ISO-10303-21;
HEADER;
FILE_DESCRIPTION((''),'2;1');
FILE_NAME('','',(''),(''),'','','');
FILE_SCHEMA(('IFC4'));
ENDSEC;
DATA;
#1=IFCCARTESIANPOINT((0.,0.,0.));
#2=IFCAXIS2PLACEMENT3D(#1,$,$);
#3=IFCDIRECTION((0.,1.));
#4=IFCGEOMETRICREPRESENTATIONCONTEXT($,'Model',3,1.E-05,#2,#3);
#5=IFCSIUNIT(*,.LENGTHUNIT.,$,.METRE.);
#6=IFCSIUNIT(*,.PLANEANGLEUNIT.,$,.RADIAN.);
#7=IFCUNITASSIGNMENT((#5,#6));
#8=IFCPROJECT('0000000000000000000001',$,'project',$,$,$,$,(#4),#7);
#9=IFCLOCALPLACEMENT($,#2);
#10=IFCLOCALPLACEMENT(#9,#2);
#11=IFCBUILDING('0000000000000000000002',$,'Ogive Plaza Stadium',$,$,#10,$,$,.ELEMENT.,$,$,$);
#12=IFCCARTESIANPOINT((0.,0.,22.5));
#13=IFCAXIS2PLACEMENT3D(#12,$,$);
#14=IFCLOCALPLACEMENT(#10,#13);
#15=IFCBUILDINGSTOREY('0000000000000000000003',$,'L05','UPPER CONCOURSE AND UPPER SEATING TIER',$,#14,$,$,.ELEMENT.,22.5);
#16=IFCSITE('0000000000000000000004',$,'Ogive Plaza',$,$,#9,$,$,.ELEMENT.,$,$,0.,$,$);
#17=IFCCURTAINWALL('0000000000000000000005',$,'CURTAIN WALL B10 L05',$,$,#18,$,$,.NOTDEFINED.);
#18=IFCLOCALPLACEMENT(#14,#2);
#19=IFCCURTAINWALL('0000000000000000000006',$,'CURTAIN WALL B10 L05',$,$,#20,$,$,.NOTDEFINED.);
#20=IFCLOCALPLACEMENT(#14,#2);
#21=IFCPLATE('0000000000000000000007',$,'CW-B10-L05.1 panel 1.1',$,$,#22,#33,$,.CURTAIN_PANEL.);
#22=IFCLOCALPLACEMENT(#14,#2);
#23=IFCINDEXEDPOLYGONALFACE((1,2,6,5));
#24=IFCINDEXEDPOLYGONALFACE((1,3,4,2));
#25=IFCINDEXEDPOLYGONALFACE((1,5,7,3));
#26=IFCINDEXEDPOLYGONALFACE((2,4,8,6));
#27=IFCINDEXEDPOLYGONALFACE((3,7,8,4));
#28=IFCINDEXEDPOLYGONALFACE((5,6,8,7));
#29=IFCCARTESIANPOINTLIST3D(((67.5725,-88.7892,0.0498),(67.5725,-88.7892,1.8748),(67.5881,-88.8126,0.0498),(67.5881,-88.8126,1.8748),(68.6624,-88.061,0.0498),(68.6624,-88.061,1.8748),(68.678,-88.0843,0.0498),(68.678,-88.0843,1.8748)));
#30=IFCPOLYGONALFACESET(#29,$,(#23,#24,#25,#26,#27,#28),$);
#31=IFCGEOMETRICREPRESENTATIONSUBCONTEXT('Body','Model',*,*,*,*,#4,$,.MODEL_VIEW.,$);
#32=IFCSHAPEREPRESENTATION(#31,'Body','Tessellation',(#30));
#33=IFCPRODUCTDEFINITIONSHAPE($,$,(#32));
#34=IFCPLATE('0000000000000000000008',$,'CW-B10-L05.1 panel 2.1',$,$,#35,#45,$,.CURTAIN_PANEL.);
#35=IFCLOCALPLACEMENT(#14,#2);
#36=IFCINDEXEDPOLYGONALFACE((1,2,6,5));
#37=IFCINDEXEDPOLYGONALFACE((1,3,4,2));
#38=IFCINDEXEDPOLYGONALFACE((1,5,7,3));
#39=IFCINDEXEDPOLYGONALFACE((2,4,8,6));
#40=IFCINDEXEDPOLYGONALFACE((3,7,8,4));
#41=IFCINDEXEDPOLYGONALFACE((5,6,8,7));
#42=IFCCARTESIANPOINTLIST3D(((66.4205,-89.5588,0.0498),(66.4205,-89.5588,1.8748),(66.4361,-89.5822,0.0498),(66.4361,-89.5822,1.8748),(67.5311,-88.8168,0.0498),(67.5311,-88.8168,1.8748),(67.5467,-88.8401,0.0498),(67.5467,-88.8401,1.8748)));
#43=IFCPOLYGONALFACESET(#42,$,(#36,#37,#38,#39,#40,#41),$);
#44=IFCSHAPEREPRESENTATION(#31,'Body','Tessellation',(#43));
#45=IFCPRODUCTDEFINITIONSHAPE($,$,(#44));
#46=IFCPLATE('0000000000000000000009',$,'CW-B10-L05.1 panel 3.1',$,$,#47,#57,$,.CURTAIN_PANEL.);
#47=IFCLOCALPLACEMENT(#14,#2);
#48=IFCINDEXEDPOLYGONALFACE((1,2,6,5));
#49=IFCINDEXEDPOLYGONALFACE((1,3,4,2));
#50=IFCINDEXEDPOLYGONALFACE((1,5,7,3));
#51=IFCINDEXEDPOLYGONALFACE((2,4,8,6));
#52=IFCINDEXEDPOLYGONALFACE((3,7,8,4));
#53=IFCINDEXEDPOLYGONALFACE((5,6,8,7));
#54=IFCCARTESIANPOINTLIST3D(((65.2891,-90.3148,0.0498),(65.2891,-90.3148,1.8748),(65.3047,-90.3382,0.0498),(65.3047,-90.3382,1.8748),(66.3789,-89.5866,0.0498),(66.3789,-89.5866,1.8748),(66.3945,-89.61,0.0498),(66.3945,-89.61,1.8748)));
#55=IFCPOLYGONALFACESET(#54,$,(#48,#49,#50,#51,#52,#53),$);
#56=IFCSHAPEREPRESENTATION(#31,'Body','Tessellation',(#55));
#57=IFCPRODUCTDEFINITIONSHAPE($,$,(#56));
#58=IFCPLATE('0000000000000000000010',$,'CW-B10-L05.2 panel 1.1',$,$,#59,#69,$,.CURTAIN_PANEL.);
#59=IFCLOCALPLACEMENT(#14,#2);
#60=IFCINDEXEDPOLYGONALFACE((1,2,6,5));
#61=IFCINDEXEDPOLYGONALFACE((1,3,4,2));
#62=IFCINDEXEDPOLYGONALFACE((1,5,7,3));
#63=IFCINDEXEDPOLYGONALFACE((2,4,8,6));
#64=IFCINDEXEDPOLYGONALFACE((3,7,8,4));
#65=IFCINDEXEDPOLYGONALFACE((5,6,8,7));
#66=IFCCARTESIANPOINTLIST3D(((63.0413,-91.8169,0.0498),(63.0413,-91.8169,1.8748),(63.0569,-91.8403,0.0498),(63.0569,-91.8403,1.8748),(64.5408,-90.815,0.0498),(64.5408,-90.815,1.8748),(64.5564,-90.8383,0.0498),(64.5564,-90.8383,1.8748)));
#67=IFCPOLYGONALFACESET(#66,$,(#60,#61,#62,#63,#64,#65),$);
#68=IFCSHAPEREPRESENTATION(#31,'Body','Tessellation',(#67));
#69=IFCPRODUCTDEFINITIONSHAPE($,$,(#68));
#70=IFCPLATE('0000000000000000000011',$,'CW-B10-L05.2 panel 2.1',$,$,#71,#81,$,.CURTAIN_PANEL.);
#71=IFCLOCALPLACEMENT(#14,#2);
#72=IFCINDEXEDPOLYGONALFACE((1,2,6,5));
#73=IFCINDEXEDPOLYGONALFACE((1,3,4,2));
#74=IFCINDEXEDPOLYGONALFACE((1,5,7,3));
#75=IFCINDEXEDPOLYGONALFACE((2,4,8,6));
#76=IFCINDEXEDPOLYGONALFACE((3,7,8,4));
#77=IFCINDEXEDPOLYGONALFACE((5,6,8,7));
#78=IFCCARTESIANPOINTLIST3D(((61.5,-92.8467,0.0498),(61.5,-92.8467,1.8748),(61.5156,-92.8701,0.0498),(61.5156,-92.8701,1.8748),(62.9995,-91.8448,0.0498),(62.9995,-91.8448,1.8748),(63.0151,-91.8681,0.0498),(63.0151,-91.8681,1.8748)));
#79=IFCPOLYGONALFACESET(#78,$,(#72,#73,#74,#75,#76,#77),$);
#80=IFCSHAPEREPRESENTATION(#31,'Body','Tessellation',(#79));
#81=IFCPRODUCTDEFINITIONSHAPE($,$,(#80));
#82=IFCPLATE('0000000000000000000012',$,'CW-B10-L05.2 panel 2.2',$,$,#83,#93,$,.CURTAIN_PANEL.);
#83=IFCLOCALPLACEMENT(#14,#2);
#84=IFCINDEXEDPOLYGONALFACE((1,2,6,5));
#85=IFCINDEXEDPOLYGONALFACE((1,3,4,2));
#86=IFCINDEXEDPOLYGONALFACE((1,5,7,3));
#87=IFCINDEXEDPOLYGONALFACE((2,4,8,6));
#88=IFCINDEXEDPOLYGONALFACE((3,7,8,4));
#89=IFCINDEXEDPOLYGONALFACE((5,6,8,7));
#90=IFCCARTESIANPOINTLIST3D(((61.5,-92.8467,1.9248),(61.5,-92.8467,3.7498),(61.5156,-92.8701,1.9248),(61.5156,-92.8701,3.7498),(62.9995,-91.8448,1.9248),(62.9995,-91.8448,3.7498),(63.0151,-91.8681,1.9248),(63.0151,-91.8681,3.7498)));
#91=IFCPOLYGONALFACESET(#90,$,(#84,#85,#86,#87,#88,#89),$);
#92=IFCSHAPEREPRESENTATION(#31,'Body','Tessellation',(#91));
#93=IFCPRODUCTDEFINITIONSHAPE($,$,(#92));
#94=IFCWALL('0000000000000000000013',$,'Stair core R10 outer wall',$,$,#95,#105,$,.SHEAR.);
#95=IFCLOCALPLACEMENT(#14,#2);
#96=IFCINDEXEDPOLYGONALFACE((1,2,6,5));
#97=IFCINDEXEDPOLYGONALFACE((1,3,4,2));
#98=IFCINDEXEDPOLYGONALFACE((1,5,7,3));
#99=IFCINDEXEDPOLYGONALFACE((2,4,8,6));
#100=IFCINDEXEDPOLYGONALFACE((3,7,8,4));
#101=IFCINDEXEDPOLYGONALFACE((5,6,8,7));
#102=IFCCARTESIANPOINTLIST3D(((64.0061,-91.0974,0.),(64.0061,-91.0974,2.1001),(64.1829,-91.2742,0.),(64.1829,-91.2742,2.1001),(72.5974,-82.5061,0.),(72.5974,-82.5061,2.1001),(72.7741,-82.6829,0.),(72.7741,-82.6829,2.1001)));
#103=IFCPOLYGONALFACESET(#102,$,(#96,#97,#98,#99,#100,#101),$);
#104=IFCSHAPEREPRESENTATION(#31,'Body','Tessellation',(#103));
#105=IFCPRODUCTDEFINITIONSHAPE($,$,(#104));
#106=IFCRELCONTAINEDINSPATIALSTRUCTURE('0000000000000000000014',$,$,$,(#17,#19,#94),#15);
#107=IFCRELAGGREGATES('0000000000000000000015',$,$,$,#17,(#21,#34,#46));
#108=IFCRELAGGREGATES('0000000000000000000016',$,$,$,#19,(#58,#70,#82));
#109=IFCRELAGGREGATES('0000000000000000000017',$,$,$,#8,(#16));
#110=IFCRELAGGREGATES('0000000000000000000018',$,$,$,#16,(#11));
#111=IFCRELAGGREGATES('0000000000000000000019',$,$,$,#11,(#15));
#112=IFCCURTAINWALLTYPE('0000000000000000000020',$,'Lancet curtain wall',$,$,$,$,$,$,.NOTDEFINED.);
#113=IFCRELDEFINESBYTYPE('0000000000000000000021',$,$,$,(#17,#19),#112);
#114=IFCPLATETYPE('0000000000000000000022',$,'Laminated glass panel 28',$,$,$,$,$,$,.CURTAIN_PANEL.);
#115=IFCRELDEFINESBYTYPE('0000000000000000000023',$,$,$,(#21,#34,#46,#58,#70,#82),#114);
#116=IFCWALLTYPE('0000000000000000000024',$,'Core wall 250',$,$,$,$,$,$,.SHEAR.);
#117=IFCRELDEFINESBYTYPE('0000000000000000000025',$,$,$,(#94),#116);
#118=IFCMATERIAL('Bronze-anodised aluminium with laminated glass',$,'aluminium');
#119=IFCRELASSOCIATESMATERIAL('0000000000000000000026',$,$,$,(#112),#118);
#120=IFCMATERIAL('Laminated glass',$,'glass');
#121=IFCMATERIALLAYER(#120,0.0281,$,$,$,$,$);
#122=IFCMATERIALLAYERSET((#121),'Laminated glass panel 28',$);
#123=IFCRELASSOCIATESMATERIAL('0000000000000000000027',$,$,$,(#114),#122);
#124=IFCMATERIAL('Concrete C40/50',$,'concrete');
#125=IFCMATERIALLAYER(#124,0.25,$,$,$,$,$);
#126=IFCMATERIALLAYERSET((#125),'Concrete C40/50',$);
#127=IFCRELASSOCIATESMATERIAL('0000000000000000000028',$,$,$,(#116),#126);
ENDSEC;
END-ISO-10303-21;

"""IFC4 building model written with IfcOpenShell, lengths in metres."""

from ifc_helpers import new_model, si_unit, direction, frame, frame_2d, origin, origin_2d, place, context, subcontext, project, spatial, rectangle, extrude, material, layer, layer_set, type_object, element, aggregate, save


model = new_model("IFC4")

# Units and contexts
model_context = context("Model", 3, precision=1e-05, world=origin(), true_north=direction((0.0, 1.0)))
body_context = subcontext(model_context, "Body", "Model", "MODEL_VIEW")
ifc_project = project(units=[si_unit("LENGTHUNIT", "METRE"), si_unit("PLANEANGLEUNIT", "RADIAN")], contexts=[model_context])

# Site, building, storey
site_placement = place(None, origin())
site = spatial("IfcSite", under=ifc_project, at=site_placement, Name="Ogive Plaza", CompositionType="ELEMENT", RefElevation=0.0)
building_placement = place(site_placement, origin())
building = spatial("IfcBuilding", under=site, at=building_placement, Name="Ogive Plaza Stadium", CompositionType="ELEMENT")
storey_placement = place(building_placement, frame((0.0, 0.0, 22.5)))
storey = spatial("IfcBuildingStorey", under=building, at=storey_placement, Name="L05", Description="UPPER CONCOURSE AND UPPER SEATING TIER", CompositionType="ELEMENT", Elevation=22.5)

# Curtain walls
ifc_material_1 = material(Name="Bronze-anodised aluminium with laminated glass", Category="aluminium")
curtain_wall_type = type_object("IfcCurtainWallType", Name="Lancet curtain wall", PredefinedType="NOTDEFINED", material=ifc_material_1)
curtain_wall_1_placement = place(storey_placement, origin())
curtain_wall_1 = element("IfcCurtainWall", 1, at=curtain_wall_1_placement, inside=storey, type_object=curtain_wall_type, Name="CURTAIN WALL B10 L05", PredefinedType="NOTDEFINED")
curtain_wall_2_placement = place(storey_placement, origin())
curtain_wall_2 = element("IfcCurtainWall", 2, at=curtain_wall_2_placement, inside=storey, type_object=curtain_wall_type, Name="CURTAIN WALL B10 L05", PredefinedType="NOTDEFINED")

# Plates
ifc_material_2 = material(Name="Laminated glass", Category="glass")
ifc_layer_1 = layer(ifc_material_2, 0.0281)
ifc_layer_set_1 = layer_set([ifc_layer_1], Name="Laminated glass panel 28")
plate_type = type_object("IfcPlateType", Name="Laminated glass panel 28", PredefinedType="CURTAIN_PANEL", material=ifc_layer_set_1)
plate_1_placement = place(storey_placement, frame((68.1252, -88.4368, 0.0498), z_axis=(0.0, 0.0, 1.0), x_axis=(-0.83147, -0.55557, 0.0)))
plate_1 = element("IfcPlate", 3, at=plate_1_placement, type_object=plate_type, Name="CW-B10-L05.1 panel 1.1", PredefinedType="CURTAIN_PANEL", context=body_context, shape_type="SweptSolid", body=[
    extrude(rectangle(XDim=1.3108, YDim=0.0281, at=origin_2d()), origin(), (0.0, 0.0, 1.0), 1.825),
])
plate_2_placement = place(storey_placement, frame((66.9836, -89.1995, 0.0498), z_axis=(0.0, 0.0, 1.0), x_axis=(-0.83147, -0.55557, 0.0)))
plate_2 = element("IfcPlate", 4, at=plate_2_placement, type_object=plate_type, Name="CW-B10-L05.1 panel 2.1", PredefinedType="CURTAIN_PANEL", context=body_context, shape_type="SweptSolid", body=[
    extrude(rectangle(XDim=1.3357, YDim=0.0281, at=origin_2d()), origin(), (0.0, 0.0, 1.0), 1.825),
])
plate_3_placement = place(storey_placement, frame((65.8418, -89.9624, 0.0498), z_axis=(0.0, 0.0, 1.0), x_axis=(-0.83147, -0.55557, 0.0)))
plate_3 = element("IfcPlate", 5, at=plate_3_placement, type_object=plate_type, Name="CW-B10-L05.1 panel 3.1", PredefinedType="CURTAIN_PANEL", context=body_context, shape_type="SweptSolid", body=[
    extrude(rectangle(XDim=1.3108, YDim=0.0281, at=origin_2d()), origin(), (0.0, 0.0, 1.0), 1.825),
])
aggregate(curtain_wall_1, [plate_1, plate_2, plate_3])
plate_4_placement = place(storey_placement, frame((63.7988, -91.3276, 0.0498), z_axis=(0.0, 0.0, 1.0), x_axis=(-0.83147, -0.55557, 0.0)))
plate_4 = element("IfcPlate", 6, at=plate_4_placement, type_object=plate_type, Name="CW-B10-L05.2 panel 1.1", PredefinedType="CURTAIN_PANEL", context=body_context, shape_type="SweptSolid", body=[
    extrude(rectangle(XDim=1.8035, YDim=0.0281, at=origin_2d()), origin(), (0.0, 0.0, 1.0), 1.825),
])
plate_5_placement = place(storey_placement, frame((62.2576, -92.3574, 0.0498), z_axis=(0.0, 0.0, 1.0), x_axis=(-0.83147, -0.55557, 0.0)))
plate_5 = element("IfcPlate", 7, at=plate_5_placement, type_object=plate_type, Name="CW-B10-L05.2 panel 2.1", PredefinedType="CURTAIN_PANEL", context=body_context, shape_type="SweptSolid", body=[
    extrude(rectangle(XDim=1.8035, YDim=0.0281, at=origin_2d()), origin(), (0.0, 0.0, 1.0), 1.825),
])
plate_6_placement = place(storey_placement, frame((62.2576, -92.3574, 1.9248), z_axis=(0.0, 0.0, 1.0), x_axis=(-0.83147, -0.55557, 0.0)))
plate_6 = element("IfcPlate", 8, at=plate_6_placement, type_object=plate_type, Name="CW-B10-L05.2 panel 2.2", PredefinedType="CURTAIN_PANEL", context=body_context, shape_type="SweptSolid", body=[
    extrude(rectangle(XDim=1.8035, YDim=0.0281, at=origin_2d()), origin(), (0.0, 0.0, 1.0), 1.825),
])
aggregate(curtain_wall_2, [plate_4, plate_5, plate_6])

# Wall
ifc_material_3 = material(Name="Concrete C40/50", Category="concrete")
ifc_layer_2 = layer(ifc_material_3, 0.25)
ifc_layer_set_2 = layer_set([ifc_layer_2], Name="Concrete C40/50")
wall_type = type_object("IfcWallType", Name="Core wall 250", PredefinedType="SHEAR", material=ifc_layer_set_2)
wall_placement = place(storey_placement, frame((64.0945, -91.1858, 0.0), z_axis=(0.0, 0.0, 1.0), x_axis=(0.707107, 0.707107, 0.0)))
element("IfcWall", 9, at=wall_placement, inside=storey, type_object=wall_type, Name="Stair core R10 outer wall", PredefinedType="SHEAR", context=body_context, shape_type="SweptSolid", body=[
    extrude(rectangle(XDim=12.1499, YDim=0.25, at=frame_2d((6.075, 0.0))), origin(), (0.0, 0.0, 1.0), 2.1001),
])

save(model, "model.ifc")
